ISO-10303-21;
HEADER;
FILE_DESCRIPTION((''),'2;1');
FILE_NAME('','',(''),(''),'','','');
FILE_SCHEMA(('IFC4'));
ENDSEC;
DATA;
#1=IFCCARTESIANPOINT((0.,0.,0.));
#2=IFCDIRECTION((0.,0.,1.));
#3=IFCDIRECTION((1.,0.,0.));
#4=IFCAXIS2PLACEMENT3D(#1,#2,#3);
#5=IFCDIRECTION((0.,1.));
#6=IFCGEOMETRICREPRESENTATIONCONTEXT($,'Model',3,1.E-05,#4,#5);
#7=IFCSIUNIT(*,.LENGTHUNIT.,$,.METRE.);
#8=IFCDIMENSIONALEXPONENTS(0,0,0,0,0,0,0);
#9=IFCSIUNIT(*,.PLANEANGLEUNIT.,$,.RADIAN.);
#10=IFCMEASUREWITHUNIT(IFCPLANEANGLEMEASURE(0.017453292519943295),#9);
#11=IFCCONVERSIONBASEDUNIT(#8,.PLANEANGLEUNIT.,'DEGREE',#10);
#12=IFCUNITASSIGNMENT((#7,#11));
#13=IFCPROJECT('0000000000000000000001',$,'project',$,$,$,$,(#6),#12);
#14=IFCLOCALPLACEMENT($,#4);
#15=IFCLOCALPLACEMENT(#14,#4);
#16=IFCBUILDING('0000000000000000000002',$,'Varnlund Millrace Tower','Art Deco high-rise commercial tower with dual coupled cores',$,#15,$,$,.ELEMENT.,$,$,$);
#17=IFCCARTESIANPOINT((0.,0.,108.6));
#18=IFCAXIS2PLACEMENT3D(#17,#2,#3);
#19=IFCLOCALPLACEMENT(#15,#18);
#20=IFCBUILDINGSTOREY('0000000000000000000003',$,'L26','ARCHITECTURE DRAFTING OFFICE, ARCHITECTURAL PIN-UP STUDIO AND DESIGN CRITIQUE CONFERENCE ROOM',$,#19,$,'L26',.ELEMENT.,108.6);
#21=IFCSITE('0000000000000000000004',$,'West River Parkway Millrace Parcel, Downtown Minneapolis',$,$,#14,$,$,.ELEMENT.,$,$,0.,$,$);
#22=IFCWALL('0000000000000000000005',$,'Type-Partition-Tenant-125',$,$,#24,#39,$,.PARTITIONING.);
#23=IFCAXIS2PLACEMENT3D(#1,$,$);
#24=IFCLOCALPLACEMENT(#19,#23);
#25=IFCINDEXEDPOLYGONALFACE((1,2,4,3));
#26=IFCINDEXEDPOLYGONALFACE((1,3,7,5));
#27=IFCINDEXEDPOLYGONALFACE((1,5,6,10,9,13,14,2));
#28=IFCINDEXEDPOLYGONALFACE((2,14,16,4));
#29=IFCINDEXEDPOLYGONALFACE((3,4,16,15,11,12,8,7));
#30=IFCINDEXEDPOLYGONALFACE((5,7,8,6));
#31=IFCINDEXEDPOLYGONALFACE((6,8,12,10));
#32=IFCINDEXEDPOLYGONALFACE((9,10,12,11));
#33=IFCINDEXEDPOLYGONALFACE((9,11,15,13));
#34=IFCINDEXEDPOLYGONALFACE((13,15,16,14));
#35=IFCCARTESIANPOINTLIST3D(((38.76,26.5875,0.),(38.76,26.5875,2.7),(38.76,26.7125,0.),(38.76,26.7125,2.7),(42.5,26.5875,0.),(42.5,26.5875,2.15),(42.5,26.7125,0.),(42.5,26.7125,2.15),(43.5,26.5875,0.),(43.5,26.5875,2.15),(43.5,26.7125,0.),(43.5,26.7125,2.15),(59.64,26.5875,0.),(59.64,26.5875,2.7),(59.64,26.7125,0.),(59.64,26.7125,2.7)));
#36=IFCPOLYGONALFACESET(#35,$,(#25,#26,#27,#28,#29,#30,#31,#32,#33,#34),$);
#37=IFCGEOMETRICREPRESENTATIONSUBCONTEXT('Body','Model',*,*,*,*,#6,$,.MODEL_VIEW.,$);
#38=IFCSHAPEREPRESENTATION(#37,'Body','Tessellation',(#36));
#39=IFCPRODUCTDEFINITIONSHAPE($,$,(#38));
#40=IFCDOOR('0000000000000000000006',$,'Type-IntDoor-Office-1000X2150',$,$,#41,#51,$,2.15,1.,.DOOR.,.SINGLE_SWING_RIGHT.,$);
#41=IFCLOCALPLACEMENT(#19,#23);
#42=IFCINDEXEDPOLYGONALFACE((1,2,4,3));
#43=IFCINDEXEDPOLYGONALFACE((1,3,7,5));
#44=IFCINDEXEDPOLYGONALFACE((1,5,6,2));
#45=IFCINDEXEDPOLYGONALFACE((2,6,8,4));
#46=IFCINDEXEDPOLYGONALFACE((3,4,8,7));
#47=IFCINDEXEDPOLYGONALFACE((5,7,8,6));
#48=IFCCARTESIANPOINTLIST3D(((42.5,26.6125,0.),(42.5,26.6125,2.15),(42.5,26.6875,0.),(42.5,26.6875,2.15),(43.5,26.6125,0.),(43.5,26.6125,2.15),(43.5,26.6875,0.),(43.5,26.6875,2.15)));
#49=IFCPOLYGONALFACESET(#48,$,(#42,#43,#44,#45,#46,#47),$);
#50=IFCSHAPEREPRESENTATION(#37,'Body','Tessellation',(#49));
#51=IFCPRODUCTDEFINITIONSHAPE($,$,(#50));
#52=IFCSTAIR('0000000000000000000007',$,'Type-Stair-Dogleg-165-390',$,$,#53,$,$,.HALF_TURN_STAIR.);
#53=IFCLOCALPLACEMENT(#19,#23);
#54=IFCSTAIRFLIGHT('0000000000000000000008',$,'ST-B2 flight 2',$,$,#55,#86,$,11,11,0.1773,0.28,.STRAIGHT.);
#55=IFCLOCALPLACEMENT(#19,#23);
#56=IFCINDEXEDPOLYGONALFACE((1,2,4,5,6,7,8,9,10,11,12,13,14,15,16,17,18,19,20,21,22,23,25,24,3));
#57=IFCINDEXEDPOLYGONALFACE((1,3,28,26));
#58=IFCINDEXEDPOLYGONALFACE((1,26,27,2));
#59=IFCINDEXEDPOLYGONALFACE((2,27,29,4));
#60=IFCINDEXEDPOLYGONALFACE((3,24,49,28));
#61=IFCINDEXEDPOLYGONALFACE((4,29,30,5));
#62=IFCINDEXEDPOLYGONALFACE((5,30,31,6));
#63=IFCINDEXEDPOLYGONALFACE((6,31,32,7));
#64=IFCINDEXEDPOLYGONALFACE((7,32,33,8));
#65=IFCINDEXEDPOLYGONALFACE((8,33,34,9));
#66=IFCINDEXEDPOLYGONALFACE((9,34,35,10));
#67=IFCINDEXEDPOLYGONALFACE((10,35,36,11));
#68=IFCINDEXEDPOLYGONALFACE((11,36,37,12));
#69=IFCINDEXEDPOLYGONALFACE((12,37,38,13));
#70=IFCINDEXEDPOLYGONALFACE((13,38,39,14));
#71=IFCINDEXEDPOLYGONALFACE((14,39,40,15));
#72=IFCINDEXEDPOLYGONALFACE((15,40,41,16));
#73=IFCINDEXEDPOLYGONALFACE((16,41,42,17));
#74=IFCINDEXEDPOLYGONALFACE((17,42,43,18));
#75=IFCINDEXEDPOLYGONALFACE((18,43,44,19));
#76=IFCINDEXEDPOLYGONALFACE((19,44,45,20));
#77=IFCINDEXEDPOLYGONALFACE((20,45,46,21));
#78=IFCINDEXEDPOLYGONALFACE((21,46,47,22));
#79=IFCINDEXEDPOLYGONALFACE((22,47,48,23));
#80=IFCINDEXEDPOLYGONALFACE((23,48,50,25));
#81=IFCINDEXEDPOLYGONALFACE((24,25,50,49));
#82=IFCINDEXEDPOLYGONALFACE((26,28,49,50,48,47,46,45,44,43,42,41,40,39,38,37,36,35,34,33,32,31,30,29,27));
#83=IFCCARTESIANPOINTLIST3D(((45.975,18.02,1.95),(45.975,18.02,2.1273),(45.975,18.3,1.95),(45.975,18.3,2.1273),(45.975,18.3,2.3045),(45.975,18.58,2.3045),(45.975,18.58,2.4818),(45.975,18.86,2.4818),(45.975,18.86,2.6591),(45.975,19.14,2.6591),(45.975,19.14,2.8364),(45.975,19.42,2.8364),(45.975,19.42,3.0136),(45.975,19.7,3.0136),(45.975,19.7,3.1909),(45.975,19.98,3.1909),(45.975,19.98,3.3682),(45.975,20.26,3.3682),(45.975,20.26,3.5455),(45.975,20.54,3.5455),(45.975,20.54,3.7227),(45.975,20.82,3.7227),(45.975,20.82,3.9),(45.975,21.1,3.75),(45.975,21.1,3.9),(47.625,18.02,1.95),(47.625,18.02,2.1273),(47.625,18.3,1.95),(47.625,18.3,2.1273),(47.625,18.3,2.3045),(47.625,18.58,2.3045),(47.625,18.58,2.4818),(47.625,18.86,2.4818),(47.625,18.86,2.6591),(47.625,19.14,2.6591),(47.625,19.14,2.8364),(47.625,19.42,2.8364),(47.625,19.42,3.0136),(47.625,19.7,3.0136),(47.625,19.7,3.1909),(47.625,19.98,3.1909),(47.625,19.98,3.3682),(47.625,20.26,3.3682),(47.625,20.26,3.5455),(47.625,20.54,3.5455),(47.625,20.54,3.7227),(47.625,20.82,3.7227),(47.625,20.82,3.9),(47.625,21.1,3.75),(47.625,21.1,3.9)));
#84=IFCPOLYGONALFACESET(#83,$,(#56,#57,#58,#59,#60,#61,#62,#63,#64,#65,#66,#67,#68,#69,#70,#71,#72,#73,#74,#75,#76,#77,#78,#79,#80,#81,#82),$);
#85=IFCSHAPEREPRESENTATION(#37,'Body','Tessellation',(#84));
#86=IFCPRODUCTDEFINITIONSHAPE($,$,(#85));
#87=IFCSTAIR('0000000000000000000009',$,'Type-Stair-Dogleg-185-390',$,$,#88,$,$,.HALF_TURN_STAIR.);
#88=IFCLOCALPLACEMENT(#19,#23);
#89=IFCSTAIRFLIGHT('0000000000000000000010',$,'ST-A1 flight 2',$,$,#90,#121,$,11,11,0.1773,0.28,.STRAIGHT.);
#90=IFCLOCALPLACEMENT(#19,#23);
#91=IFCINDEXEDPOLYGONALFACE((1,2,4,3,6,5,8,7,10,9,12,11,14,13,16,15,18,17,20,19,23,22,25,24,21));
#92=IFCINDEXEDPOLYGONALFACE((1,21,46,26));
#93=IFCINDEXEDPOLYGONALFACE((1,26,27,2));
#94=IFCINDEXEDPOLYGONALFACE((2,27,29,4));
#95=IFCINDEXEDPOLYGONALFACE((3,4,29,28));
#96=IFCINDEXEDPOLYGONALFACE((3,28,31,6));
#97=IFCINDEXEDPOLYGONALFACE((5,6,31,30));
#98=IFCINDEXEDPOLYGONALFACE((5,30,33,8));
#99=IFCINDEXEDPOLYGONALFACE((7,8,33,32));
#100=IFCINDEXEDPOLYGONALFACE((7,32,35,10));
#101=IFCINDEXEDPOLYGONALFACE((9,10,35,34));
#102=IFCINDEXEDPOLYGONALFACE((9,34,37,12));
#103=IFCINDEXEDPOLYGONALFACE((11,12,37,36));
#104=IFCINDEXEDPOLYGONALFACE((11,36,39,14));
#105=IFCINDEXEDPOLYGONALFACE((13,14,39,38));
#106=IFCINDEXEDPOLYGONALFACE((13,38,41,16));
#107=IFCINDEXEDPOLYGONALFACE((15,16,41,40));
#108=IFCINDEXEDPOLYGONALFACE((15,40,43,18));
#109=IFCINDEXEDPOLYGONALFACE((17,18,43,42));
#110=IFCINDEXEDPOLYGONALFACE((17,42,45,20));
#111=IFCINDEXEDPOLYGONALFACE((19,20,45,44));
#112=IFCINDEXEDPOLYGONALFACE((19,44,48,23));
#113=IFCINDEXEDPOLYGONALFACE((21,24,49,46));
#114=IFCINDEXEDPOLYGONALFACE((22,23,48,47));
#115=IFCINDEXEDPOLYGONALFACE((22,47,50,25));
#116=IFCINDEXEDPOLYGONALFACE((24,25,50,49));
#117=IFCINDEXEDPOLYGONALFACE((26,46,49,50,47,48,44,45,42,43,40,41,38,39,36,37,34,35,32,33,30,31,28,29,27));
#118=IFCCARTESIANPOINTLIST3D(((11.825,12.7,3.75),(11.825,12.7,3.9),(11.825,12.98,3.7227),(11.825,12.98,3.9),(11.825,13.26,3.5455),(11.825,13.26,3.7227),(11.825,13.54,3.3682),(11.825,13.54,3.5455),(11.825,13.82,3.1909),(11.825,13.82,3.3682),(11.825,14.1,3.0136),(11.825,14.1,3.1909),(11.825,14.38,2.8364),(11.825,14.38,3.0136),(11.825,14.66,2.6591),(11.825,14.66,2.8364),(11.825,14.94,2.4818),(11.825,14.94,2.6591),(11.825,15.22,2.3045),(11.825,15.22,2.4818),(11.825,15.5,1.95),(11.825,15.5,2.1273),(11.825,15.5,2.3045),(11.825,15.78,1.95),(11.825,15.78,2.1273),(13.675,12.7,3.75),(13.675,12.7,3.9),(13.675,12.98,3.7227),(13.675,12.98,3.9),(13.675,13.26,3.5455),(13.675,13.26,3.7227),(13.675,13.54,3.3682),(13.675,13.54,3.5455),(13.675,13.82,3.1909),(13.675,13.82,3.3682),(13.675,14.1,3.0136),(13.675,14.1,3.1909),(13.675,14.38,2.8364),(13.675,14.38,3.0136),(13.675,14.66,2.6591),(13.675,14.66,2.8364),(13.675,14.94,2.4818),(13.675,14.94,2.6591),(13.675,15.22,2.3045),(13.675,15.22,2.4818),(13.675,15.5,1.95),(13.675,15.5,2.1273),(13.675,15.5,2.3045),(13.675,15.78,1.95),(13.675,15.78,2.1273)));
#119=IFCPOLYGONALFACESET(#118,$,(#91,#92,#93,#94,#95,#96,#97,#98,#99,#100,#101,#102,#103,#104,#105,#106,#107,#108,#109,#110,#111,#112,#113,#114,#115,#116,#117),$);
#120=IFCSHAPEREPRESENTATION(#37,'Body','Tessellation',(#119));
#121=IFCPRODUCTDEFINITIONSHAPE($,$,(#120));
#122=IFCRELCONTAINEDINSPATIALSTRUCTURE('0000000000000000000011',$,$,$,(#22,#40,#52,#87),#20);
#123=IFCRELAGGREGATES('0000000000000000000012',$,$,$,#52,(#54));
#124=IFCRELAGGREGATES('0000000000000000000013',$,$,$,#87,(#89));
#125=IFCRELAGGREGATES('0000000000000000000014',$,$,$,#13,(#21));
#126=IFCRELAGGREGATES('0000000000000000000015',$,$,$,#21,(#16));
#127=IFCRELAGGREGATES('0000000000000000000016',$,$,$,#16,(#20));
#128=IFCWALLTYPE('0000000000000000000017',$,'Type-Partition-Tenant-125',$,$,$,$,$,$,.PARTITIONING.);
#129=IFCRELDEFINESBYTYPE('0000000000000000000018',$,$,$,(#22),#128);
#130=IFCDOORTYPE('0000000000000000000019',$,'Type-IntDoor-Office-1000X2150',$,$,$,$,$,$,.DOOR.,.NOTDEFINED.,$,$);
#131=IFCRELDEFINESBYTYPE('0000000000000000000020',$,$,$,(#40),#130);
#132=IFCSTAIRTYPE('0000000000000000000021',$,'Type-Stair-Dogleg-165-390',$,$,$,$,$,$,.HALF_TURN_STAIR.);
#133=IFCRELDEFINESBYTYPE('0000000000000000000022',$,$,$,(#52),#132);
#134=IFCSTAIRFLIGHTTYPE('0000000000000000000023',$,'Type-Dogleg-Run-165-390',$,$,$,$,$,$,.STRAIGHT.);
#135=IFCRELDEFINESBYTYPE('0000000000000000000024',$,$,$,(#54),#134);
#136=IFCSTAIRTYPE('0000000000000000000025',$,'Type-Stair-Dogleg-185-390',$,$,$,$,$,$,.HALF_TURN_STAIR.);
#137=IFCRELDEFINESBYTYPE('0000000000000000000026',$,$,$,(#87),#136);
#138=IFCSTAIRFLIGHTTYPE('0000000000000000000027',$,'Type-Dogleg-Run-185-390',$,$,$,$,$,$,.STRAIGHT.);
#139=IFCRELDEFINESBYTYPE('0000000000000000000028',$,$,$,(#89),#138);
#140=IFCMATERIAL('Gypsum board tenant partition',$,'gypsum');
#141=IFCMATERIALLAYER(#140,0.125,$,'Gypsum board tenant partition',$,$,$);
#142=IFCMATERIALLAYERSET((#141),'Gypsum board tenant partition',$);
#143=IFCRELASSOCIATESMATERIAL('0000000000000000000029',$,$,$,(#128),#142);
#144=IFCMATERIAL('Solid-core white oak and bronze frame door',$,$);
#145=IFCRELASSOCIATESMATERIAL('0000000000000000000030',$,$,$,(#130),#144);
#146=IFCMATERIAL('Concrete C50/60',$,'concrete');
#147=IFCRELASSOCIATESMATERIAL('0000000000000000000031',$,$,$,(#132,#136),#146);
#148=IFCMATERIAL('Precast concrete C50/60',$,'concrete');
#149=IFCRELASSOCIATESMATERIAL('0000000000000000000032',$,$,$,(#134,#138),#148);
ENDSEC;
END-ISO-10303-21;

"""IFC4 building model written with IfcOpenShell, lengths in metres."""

from ifc_helpers import new_model, entity, si_unit, converted_unit, direction, frame, origin_with_axes, origin_2d_with_axis, place, context, subcontext, project, spatial, polyline, rectangle, outline, extrude, material, layer, layer_set, type_object, element, fill, aggregate, save


model = new_model("IFC4")

# Units and contexts
model_context = context("Model", 3, precision=1e-05, world=origin_with_axes(), true_north=direction((0.0, 1.0)))
body_context = subcontext(model_context, "Body", "Model", "MODEL_VIEW")
ifc_project = project(units=[si_unit("LENGTHUNIT", "METRE"), converted_unit("PLANEANGLEUNIT", "DEGREE", entity("IfcPlaneAngleMeasure", 0.017453292519943295), si_unit("PLANEANGLEUNIT", "RADIAN"), dimensions=[0, 0, 0, 0, 0, 0, 0])], contexts=[model_context])

# Site, building, storey
site_placement = place(None, origin_with_axes())
site = spatial("IfcSite", under=ifc_project, at=site_placement, Name="West River Parkway Millrace Parcel, Downtown Minneapolis", CompositionType="ELEMENT", RefElevation=0.0)
building_placement = place(site_placement, origin_with_axes())
building = spatial("IfcBuilding", under=site, at=building_placement, Name="Varnlund Millrace Tower", Description="Art Deco high-rise commercial tower with dual coupled cores", CompositionType="ELEMENT")
storey_placement = place(building_placement, frame((0.0, 0.0, 108.6), z_axis=(0.0, 0.0, 1.0), x_axis=(1.0, 0.0, 0.0)))
storey = spatial("IfcBuildingStorey", under=building, at=storey_placement, Name="L26", Description="ARCHITECTURE DRAFTING OFFICE, ARCHITECTURAL PIN-UP STUDIO AND DESIGN CRITIQUE CONFERENCE ROOM", LongName="L26", CompositionType="ELEMENT", Elevation=108.6)

# Shared definitions
ifc_material_1 = material(Name="Precast concrete C50/60", Category="concrete")

# Wall, opening, door
ifc_material_2 = material(Name="Gypsum board tenant partition", Category="gypsum")
ifc_layer_1 = layer(ifc_material_2, 0.125, Name="Gypsum board tenant partition")
ifc_layer_set_1 = layer_set([ifc_layer_1], Name="Gypsum board tenant partition")
wall_type_1 = type_object("IfcWallType", Name="Type-Partition-Tenant-125", PredefinedType="PARTITIONING", material=ifc_layer_set_1)
wall_1_placement = place(storey_placement, frame((38.76, 26.65, 0.0), z_axis=(0.0, 0.0, 1.0), x_axis=(1.0, 0.0, 0.0)))
wall_1 = element("IfcWall", 1, at=wall_1_placement, inside=storey, type_object=wall_type_1, Name="Type-Partition-Tenant-125", PredefinedType="PARTITIONING", context=body_context, shape_type="SweptSolid", body=[
    extrude(outline(polyline([(0.0, -0.0625), (20.88, -0.0625), (20.88, 0.0625), (0.0, 0.0625), (0.0, -0.0625)])), origin_with_axes(), (0.0, 0.0, 1.0), 2.7),
])
opening_1_placement = place(wall_1_placement, frame((4.24, 0.0, 0.0), z_axis=(0.0, 0.0, 1.0), x_axis=(1.0, 0.0, 0.0)))
opening_1 = element("IfcOpeningElement", 2, at=opening_1_placement, cuts=wall_1, PredefinedType="OPENING", context=body_context, shape_type="SweptSolid", body=[
    extrude(rectangle(XDim=1.0, YDim=0.145, at=origin_2d_with_axis()), origin_with_axes(), (0.0, 0.0, 1.0), 2.15),
])
ifc_material_3 = material(Name="Solid-core white oak and bronze frame door")
door_type = type_object("IfcDoorType", Name="Type-IntDoor-Office-1000X2150", OperationType="NOTDEFINED", PredefinedType="DOOR", material=ifc_material_3)
door_placement = place(wall_1_placement, frame((4.24, 0.0, 0.0), z_axis=(0.0, 0.0, 1.0), x_axis=(1.0, 0.0, 0.0)))
door = element("IfcDoor", 3, at=door_placement, inside=storey, type_object=door_type, Name="Type-IntDoor-Office-1000X2150", OperationType="SINGLE_SWING_RIGHT", OverallHeight=2.15, OverallWidth=1.0, PredefinedType="DOOR", context=body_context, shape_type="SweptSolid", body=[
    extrude(rectangle(XDim=1.0, YDim=0.075, at=origin_2d_with_axis()), origin_with_axes(), (0.0, 0.0, 1.0), 2.15),
])
fill(opening_1, door)

# Stairs, stair flights
ifc_material_4 = material(Name="Concrete C50/60", Category="concrete")
stair_type_1 = type_object("IfcStairType", Name="Type-Stair-Dogleg-165-390", PredefinedType="HALF_TURN_STAIR", material=ifc_material_4)
stair_1_placement = place(storey_placement, origin_with_axes())
stair_1 = element("IfcStair", 4, at=stair_1_placement, inside=storey, type_object=stair_type_1, Name="Type-Stair-Dogleg-165-390", PredefinedType="HALF_TURN_STAIR")
stair_flight_type_1 = type_object("IfcStairFlightType", Name="Type-Dogleg-Run-165-390", PredefinedType="STRAIGHT", material=ifc_material_1)
stair_flight_1_placement = place(storey_placement, frame((45.975, 18.02, 1.95), z_axis=(1.0, 0.0, 0.0), x_axis=(0.0, 1.0, 0.0)))
stair_flight_1 = element("IfcStairFlight", 5, at=stair_flight_1_placement, type_object=stair_flight_type_1, Name="ST-B2 flight 2", NumberOfRisers=11, NumberOfTreads=11, PredefinedType="STRAIGHT", RiserHeight=0.1773, TreadLength=0.28, context=body_context, shape_type="SweptSolid", body=[
    extrude(outline(polyline([(0.0, 0.0), (0.0, 0.1773), (0.28, 0.1773), (0.28, 0.3545), (0.56, 0.3545), (0.56, 0.5318), (0.84, 0.5318), (0.84, 0.7091), (1.12, 0.7091), (1.12, 0.8864), (1.4, 0.8864), (1.4, 1.0636), (1.68, 1.0636), (1.68, 1.2409), (1.96, 1.2409), (1.96, 1.4182), (2.24, 1.4182), (2.24, 1.5955), (2.52, 1.5955), (2.52, 1.7727), (2.8, 1.7727), (2.8, 1.95), (3.08, 1.95), (3.08, 1.8), (0.28, 0.0), (0.0, 0.0)])), origin_with_axes(), (0.0, 0.0, 1.0), 1.65),
])
aggregate(stair_1, [stair_flight_1])
stair_type_2 = type_object("IfcStairType", Name="Type-Stair-Dogleg-185-390", PredefinedType="HALF_TURN_STAIR", material=ifc_material_4)
stair_2_placement = place(storey_placement, origin_with_axes())
stair_2 = element("IfcStair", 6, at=stair_2_placement, inside=storey, type_object=stair_type_2, Name="Type-Stair-Dogleg-185-390", PredefinedType="HALF_TURN_STAIR")
stair_flight_type_2 = type_object("IfcStairFlightType", Name="Type-Dogleg-Run-185-390", PredefinedType="STRAIGHT", material=ifc_material_1)
stair_flight_2_placement = place(storey_placement, frame((13.675, 15.78, 1.95), z_axis=(-1.0, 0.0, 0.0), x_axis=(0.0, -1.0, 0.0)))
stair_flight_2 = element("IfcStairFlight", 7, at=stair_flight_2_placement, type_object=stair_flight_type_2, Name="ST-A1 flight 2", NumberOfRisers=11, NumberOfTreads=11, PredefinedType="STRAIGHT", RiserHeight=0.1773, TreadLength=0.28, context=body_context, shape_type="SweptSolid", body=[
    extrude(outline(polyline([(0.0, 0.0), (0.0, 0.1773), (0.28, 0.1773), (0.28, 0.3545), (0.56, 0.3545), (0.56, 0.5318), (0.84, 0.5318), (0.84, 0.7091), (1.12, 0.7091), (1.12, 0.8864), (1.4, 0.8864), (1.4, 1.0636), (1.68, 1.0636), (1.68, 1.2409), (1.96, 1.2409), (1.96, 1.4182), (2.24, 1.4182), (2.24, 1.5955), (2.52, 1.5955), (2.52, 1.7727), (2.8, 1.7727), (2.8, 1.95), (3.08, 1.95), (3.08, 1.8), (0.28, 0.0), (0.0, 0.0)])), origin_with_axes(), (0.0, 0.0, 1.0), 1.85),
])
aggregate(stair_2, [stair_flight_2])

save(model, "model.ifc")
